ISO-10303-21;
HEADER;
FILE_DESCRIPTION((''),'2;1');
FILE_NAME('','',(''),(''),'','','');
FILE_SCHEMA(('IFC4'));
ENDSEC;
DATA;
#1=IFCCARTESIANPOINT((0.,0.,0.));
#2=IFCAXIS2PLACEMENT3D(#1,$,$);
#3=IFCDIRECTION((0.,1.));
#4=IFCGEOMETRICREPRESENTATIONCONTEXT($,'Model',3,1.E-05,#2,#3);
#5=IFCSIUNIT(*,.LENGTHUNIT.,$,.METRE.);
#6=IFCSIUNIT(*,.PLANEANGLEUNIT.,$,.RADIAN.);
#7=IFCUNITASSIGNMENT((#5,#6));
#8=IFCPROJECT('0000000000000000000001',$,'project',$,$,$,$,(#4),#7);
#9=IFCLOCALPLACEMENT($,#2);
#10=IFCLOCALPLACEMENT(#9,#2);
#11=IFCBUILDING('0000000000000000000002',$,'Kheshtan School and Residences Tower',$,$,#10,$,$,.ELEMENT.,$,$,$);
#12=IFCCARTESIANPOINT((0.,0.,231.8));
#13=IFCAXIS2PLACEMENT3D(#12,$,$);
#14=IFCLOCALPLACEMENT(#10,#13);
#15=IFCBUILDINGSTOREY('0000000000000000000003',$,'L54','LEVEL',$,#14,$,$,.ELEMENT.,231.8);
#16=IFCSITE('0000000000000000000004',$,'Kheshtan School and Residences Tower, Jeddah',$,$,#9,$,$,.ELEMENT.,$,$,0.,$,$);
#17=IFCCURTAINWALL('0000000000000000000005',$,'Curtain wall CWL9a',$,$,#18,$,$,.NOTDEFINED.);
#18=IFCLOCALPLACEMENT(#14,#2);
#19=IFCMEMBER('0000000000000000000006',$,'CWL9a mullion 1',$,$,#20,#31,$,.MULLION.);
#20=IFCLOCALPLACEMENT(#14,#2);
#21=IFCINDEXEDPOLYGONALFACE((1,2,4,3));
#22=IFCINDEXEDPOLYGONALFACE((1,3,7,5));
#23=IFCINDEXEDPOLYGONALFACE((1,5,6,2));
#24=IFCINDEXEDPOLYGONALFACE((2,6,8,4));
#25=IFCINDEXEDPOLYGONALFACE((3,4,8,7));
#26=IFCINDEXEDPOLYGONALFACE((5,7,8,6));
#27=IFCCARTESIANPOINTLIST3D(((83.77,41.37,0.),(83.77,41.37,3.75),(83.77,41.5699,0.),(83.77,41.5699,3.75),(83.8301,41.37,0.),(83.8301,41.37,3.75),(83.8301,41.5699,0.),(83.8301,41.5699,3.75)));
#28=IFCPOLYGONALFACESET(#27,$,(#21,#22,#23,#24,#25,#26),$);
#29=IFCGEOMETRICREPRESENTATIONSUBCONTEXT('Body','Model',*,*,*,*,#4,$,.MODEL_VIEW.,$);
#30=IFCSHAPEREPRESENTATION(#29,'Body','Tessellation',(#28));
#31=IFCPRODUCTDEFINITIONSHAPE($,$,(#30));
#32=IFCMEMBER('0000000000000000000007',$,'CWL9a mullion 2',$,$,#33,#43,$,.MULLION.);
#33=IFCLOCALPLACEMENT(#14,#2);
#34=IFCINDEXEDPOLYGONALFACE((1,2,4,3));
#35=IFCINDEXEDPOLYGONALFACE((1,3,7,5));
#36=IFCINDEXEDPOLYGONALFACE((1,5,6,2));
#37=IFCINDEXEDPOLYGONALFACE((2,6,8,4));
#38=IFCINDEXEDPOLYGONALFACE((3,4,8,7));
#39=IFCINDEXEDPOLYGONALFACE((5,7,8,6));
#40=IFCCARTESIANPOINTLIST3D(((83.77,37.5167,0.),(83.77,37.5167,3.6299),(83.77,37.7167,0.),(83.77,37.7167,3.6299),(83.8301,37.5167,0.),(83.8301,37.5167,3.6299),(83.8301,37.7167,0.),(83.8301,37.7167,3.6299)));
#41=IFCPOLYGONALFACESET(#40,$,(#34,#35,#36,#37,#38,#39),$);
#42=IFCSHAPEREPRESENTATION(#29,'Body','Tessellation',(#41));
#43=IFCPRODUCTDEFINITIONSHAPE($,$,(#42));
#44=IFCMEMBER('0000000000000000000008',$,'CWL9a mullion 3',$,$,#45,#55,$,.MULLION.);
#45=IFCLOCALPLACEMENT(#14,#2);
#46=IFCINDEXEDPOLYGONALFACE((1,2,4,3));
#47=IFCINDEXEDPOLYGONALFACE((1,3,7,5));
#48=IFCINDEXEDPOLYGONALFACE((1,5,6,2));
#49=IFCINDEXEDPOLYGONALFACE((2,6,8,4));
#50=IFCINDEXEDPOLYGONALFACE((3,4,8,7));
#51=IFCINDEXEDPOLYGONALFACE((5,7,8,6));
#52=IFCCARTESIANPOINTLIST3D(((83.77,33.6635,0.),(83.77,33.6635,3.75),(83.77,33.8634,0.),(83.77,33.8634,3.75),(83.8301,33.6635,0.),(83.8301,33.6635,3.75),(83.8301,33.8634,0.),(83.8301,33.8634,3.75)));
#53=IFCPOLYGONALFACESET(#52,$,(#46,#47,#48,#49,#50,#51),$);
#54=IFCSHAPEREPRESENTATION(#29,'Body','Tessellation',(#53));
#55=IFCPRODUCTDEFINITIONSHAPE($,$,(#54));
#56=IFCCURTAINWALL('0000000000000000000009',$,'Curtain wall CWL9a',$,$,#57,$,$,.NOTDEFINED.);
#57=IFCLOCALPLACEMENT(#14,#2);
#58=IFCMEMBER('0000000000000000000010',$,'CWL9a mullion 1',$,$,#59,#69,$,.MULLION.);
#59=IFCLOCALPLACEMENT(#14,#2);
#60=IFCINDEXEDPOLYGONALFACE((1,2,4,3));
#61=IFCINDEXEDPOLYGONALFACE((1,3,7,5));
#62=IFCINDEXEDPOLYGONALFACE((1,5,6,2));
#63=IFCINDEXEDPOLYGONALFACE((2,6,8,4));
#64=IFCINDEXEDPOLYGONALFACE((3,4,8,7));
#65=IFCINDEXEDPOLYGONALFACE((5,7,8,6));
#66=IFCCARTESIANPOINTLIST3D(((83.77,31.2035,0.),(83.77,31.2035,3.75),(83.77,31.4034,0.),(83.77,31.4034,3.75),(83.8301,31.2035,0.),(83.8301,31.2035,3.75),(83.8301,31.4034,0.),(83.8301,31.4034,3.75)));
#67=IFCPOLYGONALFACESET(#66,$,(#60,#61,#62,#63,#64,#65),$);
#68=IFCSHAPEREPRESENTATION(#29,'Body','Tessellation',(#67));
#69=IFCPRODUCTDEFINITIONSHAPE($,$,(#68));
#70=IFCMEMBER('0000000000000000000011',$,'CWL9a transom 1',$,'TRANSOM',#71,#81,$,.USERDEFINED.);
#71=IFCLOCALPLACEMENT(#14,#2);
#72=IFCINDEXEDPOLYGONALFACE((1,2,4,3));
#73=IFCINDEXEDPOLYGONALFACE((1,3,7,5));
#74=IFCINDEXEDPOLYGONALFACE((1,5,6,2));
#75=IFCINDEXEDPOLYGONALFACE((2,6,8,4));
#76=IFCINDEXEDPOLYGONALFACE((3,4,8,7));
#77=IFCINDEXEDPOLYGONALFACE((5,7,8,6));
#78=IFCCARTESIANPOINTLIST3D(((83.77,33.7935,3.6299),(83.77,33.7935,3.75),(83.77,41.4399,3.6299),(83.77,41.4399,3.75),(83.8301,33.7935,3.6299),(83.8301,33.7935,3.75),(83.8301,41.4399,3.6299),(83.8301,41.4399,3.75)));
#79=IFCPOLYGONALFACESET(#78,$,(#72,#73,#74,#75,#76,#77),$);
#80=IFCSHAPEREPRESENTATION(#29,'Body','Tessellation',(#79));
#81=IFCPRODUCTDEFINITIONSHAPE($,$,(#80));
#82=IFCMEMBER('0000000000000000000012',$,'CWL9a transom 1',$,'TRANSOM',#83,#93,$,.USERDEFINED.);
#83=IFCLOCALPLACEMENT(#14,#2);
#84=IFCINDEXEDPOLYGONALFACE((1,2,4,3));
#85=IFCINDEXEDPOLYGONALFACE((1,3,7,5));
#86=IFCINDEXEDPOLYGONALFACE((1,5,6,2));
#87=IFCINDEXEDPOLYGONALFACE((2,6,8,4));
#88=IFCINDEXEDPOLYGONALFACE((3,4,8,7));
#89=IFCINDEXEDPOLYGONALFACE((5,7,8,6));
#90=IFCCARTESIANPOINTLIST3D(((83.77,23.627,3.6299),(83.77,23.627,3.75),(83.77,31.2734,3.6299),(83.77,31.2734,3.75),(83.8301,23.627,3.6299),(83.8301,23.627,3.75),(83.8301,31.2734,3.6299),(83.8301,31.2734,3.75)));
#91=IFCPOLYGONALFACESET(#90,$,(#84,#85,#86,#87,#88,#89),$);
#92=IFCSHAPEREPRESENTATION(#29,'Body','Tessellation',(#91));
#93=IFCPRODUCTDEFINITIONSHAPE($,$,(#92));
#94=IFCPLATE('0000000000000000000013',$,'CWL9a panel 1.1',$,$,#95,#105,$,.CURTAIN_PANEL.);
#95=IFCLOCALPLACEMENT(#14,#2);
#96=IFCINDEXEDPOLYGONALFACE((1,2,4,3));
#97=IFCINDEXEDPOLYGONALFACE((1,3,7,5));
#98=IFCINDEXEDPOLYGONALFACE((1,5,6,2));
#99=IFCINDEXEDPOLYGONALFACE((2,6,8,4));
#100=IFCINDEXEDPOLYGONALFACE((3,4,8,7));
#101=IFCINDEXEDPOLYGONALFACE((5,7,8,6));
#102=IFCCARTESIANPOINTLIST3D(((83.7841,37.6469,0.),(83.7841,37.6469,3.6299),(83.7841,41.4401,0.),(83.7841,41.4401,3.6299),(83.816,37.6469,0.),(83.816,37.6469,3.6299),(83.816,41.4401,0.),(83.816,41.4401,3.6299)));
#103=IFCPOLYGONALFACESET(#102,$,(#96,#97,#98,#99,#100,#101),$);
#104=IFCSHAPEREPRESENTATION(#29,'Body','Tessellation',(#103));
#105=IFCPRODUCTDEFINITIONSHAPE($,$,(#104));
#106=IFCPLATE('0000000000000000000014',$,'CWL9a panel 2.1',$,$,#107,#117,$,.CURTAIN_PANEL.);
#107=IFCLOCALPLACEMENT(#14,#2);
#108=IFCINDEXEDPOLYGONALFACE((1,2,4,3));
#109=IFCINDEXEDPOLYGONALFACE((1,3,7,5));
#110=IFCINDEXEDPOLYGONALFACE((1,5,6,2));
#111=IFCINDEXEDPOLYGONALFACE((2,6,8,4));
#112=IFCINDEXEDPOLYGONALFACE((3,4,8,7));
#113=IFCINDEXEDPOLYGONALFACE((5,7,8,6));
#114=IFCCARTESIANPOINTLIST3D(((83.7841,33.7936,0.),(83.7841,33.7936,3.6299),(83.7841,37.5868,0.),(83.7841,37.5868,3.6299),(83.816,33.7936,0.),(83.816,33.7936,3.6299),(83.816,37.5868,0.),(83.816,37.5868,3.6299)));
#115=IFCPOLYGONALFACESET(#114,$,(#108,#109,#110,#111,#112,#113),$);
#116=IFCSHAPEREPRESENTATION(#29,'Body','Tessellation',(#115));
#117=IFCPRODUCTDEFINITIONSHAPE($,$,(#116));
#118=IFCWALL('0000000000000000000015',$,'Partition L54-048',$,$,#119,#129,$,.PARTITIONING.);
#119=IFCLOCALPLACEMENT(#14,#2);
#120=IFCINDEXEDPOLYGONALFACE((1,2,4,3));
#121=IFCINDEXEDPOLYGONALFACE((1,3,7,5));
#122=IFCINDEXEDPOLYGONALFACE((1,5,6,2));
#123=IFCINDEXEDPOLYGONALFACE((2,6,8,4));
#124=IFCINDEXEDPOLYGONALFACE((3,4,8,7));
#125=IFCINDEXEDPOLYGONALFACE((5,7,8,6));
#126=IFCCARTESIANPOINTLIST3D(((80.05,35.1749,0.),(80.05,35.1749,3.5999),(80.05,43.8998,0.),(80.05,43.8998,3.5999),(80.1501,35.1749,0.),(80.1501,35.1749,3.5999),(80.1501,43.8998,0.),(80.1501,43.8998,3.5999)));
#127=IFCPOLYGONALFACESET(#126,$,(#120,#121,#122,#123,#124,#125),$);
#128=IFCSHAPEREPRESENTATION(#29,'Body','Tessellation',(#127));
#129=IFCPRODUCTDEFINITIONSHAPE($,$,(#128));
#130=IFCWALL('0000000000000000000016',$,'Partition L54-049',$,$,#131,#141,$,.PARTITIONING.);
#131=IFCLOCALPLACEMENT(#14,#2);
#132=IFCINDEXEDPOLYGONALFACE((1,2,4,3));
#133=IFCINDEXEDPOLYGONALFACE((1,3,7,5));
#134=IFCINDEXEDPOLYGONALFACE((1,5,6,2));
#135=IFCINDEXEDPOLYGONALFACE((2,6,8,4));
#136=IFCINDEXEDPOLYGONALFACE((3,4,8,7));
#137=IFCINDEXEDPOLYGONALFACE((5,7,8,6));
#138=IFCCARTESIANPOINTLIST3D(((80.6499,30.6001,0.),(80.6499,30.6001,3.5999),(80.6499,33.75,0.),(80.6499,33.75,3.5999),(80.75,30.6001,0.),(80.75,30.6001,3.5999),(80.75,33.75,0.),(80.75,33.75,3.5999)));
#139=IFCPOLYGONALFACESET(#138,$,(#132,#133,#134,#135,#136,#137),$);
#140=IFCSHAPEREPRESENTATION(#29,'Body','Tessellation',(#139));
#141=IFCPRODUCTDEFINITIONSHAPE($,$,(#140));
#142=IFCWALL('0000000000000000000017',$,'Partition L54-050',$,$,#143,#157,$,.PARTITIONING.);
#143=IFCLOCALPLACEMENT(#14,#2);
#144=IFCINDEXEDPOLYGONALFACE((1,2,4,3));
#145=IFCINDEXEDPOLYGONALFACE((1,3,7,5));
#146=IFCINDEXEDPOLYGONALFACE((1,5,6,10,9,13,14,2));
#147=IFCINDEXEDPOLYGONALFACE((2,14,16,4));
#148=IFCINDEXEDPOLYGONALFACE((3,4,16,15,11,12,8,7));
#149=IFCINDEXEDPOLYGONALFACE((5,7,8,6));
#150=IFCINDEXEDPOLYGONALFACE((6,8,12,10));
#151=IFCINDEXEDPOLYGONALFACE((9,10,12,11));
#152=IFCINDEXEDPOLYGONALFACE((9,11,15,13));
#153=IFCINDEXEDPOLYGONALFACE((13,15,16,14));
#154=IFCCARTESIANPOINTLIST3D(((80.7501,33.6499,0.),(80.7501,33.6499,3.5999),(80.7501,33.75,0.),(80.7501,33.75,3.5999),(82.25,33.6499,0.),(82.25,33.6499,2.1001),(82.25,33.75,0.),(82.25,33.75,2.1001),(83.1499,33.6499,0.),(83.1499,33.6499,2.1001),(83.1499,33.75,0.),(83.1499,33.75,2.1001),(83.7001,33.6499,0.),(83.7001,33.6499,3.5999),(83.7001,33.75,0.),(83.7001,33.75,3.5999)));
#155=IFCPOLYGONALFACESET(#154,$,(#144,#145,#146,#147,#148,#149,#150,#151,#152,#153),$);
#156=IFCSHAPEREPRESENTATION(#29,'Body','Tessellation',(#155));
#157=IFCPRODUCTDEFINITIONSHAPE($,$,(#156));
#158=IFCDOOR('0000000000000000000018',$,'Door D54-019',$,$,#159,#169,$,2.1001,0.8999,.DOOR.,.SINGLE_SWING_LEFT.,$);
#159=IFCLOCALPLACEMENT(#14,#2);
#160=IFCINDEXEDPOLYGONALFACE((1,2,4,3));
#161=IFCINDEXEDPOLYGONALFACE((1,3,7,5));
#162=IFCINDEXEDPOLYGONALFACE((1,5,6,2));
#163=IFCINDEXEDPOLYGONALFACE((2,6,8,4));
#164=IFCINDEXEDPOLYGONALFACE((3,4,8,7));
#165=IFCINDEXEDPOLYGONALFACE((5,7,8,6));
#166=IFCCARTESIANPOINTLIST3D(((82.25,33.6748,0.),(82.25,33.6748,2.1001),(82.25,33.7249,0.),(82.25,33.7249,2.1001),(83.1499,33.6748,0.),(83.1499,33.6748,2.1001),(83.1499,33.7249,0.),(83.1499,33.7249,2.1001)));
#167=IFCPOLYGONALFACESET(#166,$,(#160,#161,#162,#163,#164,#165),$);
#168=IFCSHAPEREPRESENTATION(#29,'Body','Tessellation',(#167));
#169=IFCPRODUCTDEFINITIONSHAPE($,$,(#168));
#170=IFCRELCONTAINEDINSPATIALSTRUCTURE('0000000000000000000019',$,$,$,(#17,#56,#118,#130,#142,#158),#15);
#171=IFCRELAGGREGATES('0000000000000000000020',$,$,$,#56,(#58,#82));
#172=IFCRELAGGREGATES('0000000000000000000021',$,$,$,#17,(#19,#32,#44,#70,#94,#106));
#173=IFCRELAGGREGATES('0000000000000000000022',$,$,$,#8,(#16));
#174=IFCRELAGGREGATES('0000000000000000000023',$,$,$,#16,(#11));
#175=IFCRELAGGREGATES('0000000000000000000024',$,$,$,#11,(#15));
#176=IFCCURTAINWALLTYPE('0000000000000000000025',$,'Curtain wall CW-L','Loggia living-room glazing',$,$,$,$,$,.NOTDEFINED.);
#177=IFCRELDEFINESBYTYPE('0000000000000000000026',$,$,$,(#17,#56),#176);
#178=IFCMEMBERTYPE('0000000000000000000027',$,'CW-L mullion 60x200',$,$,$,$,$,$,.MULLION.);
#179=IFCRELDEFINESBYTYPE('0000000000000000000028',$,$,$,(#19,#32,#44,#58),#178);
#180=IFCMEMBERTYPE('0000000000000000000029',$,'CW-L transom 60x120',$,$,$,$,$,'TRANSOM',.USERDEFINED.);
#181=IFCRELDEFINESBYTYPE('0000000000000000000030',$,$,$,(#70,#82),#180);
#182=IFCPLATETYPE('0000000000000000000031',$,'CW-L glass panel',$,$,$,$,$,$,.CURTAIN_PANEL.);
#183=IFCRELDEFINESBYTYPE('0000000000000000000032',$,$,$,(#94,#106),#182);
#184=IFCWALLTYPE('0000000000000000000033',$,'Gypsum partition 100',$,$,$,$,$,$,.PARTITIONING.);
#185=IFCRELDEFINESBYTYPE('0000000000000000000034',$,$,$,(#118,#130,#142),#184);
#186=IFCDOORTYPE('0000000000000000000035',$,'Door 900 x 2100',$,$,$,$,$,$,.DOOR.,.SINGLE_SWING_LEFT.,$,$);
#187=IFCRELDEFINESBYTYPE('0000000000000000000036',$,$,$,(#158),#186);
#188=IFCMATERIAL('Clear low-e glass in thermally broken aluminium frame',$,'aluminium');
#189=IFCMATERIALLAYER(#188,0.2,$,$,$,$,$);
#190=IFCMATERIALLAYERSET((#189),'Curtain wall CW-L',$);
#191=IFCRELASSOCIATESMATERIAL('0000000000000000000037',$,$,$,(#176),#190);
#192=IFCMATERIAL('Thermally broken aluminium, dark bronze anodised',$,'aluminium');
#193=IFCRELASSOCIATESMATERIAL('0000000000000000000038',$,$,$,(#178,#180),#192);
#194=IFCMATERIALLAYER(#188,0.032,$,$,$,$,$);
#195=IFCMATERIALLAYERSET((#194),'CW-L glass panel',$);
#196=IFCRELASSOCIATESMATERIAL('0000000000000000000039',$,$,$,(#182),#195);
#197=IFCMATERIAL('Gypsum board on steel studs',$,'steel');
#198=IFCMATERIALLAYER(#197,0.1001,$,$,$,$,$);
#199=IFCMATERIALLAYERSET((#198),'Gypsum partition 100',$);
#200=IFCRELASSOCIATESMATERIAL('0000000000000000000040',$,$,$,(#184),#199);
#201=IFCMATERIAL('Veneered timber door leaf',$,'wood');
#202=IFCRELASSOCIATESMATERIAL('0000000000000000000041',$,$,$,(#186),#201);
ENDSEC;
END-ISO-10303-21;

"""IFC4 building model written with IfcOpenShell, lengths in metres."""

from ifc_helpers import new_model, si_unit, direction, frame, frame_2d, origin, origin_2d, place, context, subcontext, project, spatial, rectangle, extrude, source, transform, mapped, material, layer, layer_set, material_profile, profile_set, type_object, element, fill, aggregate, save


model = new_model("IFC4")

# Units and contexts
model_context = context("Model", 3, precision=1e-05, world=origin(), true_north=direction((0.0, 1.0)))
body_context = subcontext(model_context, "Body", "Model", "MODEL_VIEW")
ifc_project = project(units=[si_unit("LENGTHUNIT", "METRE"), si_unit("PLANEANGLEUNIT", "RADIAN")], contexts=[model_context])

# Site, building, storey
site_placement = place(None, origin())
site = spatial("IfcSite", under=ifc_project, at=site_placement, Name="Kheshtan School and Residences Tower, Jeddah", CompositionType="ELEMENT", RefElevation=0.0)
building_placement = place(site_placement, origin())
building = spatial("IfcBuilding", under=site, at=building_placement, Name="Kheshtan School and Residences Tower", CompositionType="ELEMENT")
storey_placement = place(building_placement, frame((0.0, 0.0, 231.8)))
storey = spatial("IfcBuildingStorey", under=building, at=storey_placement, Name="L54", Description="LEVEL", CompositionType="ELEMENT", Elevation=231.8)

# Curtain wall, members
ifc_material_1 = material(Name="Clear low-e glass in thermally broken aluminium frame", Category="aluminium")
ifc_layer_1 = layer(ifc_material_1, 0.2)
ifc_layer_set_1 = layer_set([ifc_layer_1], Name="Curtain wall CW-L")
curtain_wall_type = type_object("IfcCurtainWallType", Name="Curtain wall CW-L", Description="Loggia living-room glazing", PredefinedType="NOTDEFINED", material=ifc_layer_set_1)
curtain_wall_1_placement = place(storey_placement, origin())
curtain_wall_1 = element("IfcCurtainWall", 1, at=curtain_wall_1_placement, inside=storey, type_object=curtain_wall_type, Name="Curtain wall CWL9a", PredefinedType="NOTDEFINED")
ifc_material_2 = material(Name="Thermally broken aluminium, dark bronze anodised", Category="aluminium")
ifc_material_profile_1 = material_profile(ifc_material_2, rectangle(XDim=0.0601, YDim=0.2, at=origin_2d()), Name="CW-L mullion 60x200")
ifc_profile_set_1 = profile_set([ifc_material_profile_1], Name="Thermally broken aluminium, dark bronze anodised")
member_type_1 = type_object("IfcMemberType", Name="CW-L mullion 60x200", PredefinedType="MULLION", material=ifc_profile_set_1)
member_1_placement = place(storey_placement, frame((83.8, 41.47, 0.0), z_axis=(0.0, 0.0, 1.0), x_axis=(1.0, 0.0, 0.0)))
member_1 = element("IfcMember", 2, at=member_1_placement, type_object=member_type_1, Name="CWL9a mullion 1", PredefinedType="MULLION", context=body_context, shape_type="SweptSolid", body=[
    extrude(rectangle(XDim=0.0601, YDim=0.2, at=origin_2d()), origin(), (0.0, 0.0, 1.0), 3.75),
])
member_2_placement = place(storey_placement, frame((83.8, 37.6167, 0.0), z_axis=(0.0, 0.0, 1.0), x_axis=(1.0, 0.0, 0.0)))
member_2 = element("IfcMember", 3, at=member_2_placement, type_object=member_type_1, Name="CWL9a mullion 2", PredefinedType="MULLION", context=body_context, shape_type="SweptSolid", body=[
    extrude(rectangle(XDim=0.0601, YDim=0.2, at=origin_2d()), origin(), (0.0, 0.0, 1.0), 3.6299),
])
member_3_placement = place(storey_placement, frame((83.8, 33.7634, 0.0), z_axis=(0.0, 0.0, 1.0), x_axis=(1.0, 0.0, 0.0)))
member_3 = element("IfcMember", 4, at=member_3_placement, type_object=member_type_1, Name="CWL9a mullion 3", PredefinedType="MULLION", context=body_context, shape_type="SweptSolid", body=[
    extrude(rectangle(XDim=0.0601, YDim=0.2, at=origin_2d()), origin(), (0.0, 0.0, 1.0), 3.75),
])

# Curtain wall, member
curtain_wall_2_placement = place(storey_placement, origin())
curtain_wall_2 = element("IfcCurtainWall", 5, at=curtain_wall_2_placement, inside=storey, type_object=curtain_wall_type, Name="Curtain wall CWL9a", PredefinedType="NOTDEFINED")
member_4_placement = place(storey_placement, frame((83.8, 31.3035, 0.0), z_axis=(0.0, 0.0, 1.0), x_axis=(1.0, 0.0, 0.0)))
member_4 = element("IfcMember", 6, at=member_4_placement, type_object=member_type_1, Name="CWL9a mullion 1", PredefinedType="MULLION", context=body_context, shape_type="SweptSolid", body=[
    extrude(rectangle(XDim=0.0601, YDim=0.2, at=origin_2d()), origin(), (0.0, 0.0, 1.0), 3.75),
])

# Members
ifc_material_profile_2 = material_profile(ifc_material_2, rectangle(XDim=0.0601, YDim=0.1201, at=origin_2d()), Name="CW-L transom 60x120")
ifc_profile_set_2 = profile_set([ifc_material_profile_2], Name="Thermally broken aluminium, dark bronze anodised")
member_type_2 = type_object("IfcMemberType", Name="CW-L transom 60x120", ElementType="TRANSOM", PredefinedType="USERDEFINED", material=ifc_profile_set_2)
member_5_placement = place(storey_placement, frame((83.8, 41.4399, 3.6899), z_axis=(0.0, -1.0, 0.0), x_axis=(1.0, 0.0, 0.0)))
member_5 = element("IfcMember", 7, at=member_5_placement, type_object=member_type_2, Name="CWL9a transom 1", ObjectType="TRANSOM", PredefinedType="USERDEFINED", context=body_context, shape_type="SweptSolid", body=[
    extrude(rectangle(XDim=0.0601, YDim=0.1201, at=origin_2d()), origin(), (0.0, 0.0, 1.0), 7.6465),
])
member_6_placement = place(storey_placement, frame((83.8, 31.2734, 3.6899), z_axis=(0.0, -1.0, 0.0), x_axis=(1.0, 0.0, 0.0)))
member_6 = element("IfcMember", 8, at=member_6_placement, type_object=member_type_2, Name="CWL9a transom 1", ObjectType="TRANSOM", PredefinedType="USERDEFINED", context=body_context, shape_type="SweptSolid", body=[
    extrude(rectangle(XDim=0.0601, YDim=0.1201, at=origin_2d()), origin(), (0.0, 0.0, 1.0), 7.6465),
])
aggregate(curtain_wall_2, [member_4, member_6])

# Plates
ifc_layer_2 = layer(ifc_material_1, 0.032)
ifc_layer_set_2 = layer_set([ifc_layer_2], Name="CW-L glass panel")
plate_type = type_object("IfcPlateType", Name="CW-L glass panel", PredefinedType="CURTAIN_PANEL", material=ifc_layer_set_2)
plate_1_placement = place(storey_placement, frame((83.8, 39.5435, 0.0), z_axis=(0.0, 0.0, 1.0), x_axis=(0.0, -1.0, 0.0)))
plate_1 = element("IfcPlate", 9, at=plate_1_placement, type_object=plate_type, Name="CWL9a panel 1.1", PredefinedType="CURTAIN_PANEL", context=body_context, shape_type="SweptSolid", body=[
    extrude(rectangle(XDim=3.7932, YDim=0.032, at=origin_2d()), origin(), (0.0, 0.0, 1.0), 3.6299),
])
plate_2_placement = place(storey_placement, frame((83.8, 35.6902, 0.0), z_axis=(0.0, 0.0, 1.0), x_axis=(0.0, -1.0, 0.0)))
plate_2 = element("IfcPlate", 10, at=plate_2_placement, type_object=plate_type, Name="CWL9a panel 2.1", PredefinedType="CURTAIN_PANEL", context=body_context, shape_type="SweptSolid", body=[
    extrude(rectangle(XDim=3.7932, YDim=0.032, at=origin_2d()), origin(), (0.0, 0.0, 1.0), 3.6299),
])
aggregate(curtain_wall_1, [member_1, member_2, member_3, member_5, plate_1, plate_2])

# Walls
ifc_material_3 = material(Name="Gypsum board on steel studs", Category="steel")
ifc_layer_3 = layer(ifc_material_3, 0.1001)
ifc_layer_set_3 = layer_set([ifc_layer_3], Name="Gypsum partition 100")
wall_type_1 = type_object("IfcWallType", Name="Gypsum partition 100", PredefinedType="PARTITIONING", material=ifc_layer_set_3)
wall_1_placement = place(storey_placement, frame((80.1001, 35.175, 0.0), z_axis=(0.0, 0.0, 1.0), x_axis=(0.0, 1.0, 0.0)))
element("IfcWall", 11, at=wall_1_placement, inside=storey, type_object=wall_type_1, Name="Partition L54-048", PredefinedType="PARTITIONING", context=body_context, shape_type="SweptSolid", body=[
    extrude(rectangle(XDim=8.7249, YDim=0.1001, at=frame_2d((4.3623, 0.0))), origin(), (0.0, 0.0, 1.0), 3.5999),
])
wall_2_placement = place(storey_placement, frame((80.7, 30.6001, 0.0), z_axis=(0.0, 0.0, 1.0), x_axis=(0.0, 1.0, 0.0)))
element("IfcWall", 12, at=wall_2_placement, inside=storey, type_object=wall_type_1, Name="Partition L54-049", PredefinedType="PARTITIONING", context=body_context, shape_type="SweptSolid", body=[
    extrude(rectangle(XDim=3.1499, YDim=0.1001, at=frame_2d((1.575, 0.0))), origin(), (0.0, 0.0, 1.0), 3.5999),
])

# Wall, opening, door
wall_3_placement = place(storey_placement, frame((80.75, 33.7, 0.0), z_axis=(0.0, 0.0, 1.0), x_axis=(1.0, 0.0, 0.0)))
wall_3 = element("IfcWall", 13, at=wall_3_placement, inside=storey, type_object=wall_type_1, Name="Partition L54-050", PredefinedType="PARTITIONING", context=body_context, shape_type="SweptSolid", body=[
    extrude(rectangle(XDim=2.95, YDim=0.1001, at=frame_2d((1.4751, 0.0))), origin(), (0.0, 0.0, 1.0), 3.5999),
])
opening_1_placement = place(wall_3_placement, frame((1.5, 0.0, 0.0)))
opening_1 = element("IfcOpeningElement", 14, at=opening_1_placement, cuts=wall_3, PredefinedType="OPENING", context=body_context, shape_type="SweptSolid", body=[
    extrude(rectangle(XDim=0.8999, YDim=2.1001, at=frame_2d((0.45, 1.05))), frame((0.0, 0.0601, 0.0), z_axis=(0.0, -1.0, 0.0), x_axis=(1.0, 0.0, 0.0)), (0.0, 0.0, 1.0), 0.1201),
])
ifc_material_4 = material(Name="Veneered timber door leaf", Category="wood")
door_type_1 = type_object("IfcDoorType", Name="Door 900 x 2100", OperationType="SINGLE_SWING_LEFT", PredefinedType="DOOR", material=ifc_material_4)
shared_shape_1 = source(origin(), body_context, "Body", "SweptSolid", [
    extrude(rectangle(XDim=0.8999, YDim=2.1001, at=frame_2d((0.45, 1.05))), frame((0.0, 0.0249, 0.0), z_axis=(0.0, -1.0, 0.0), x_axis=(1.0, 0.0, 0.0)), (0.0, 0.0, 1.0), 0.05),
])
door_1_placement = place(opening_1_placement, origin())
door_1 = element("IfcDoor", 15, at=door_1_placement, inside=storey, type_object=door_type_1, Name="Door D54-019", OperationType="SINGLE_SWING_LEFT", OverallHeight=2.1001, OverallWidth=0.8999, PredefinedType="DOOR", context=body_context, shape_type="MappedRepresentation", body=[
    mapped(shared_shape_1, transform((0.0, 0.0, 0.0), x_axis=(1.0, 0.0, 0.0), y_axis=(0.0, 1.0, 0.0), z_axis=(0.0, 0.0, 1.0), scale=1.0)),
])
fill(opening_1, door_1)

save(model, "model.ifc")
